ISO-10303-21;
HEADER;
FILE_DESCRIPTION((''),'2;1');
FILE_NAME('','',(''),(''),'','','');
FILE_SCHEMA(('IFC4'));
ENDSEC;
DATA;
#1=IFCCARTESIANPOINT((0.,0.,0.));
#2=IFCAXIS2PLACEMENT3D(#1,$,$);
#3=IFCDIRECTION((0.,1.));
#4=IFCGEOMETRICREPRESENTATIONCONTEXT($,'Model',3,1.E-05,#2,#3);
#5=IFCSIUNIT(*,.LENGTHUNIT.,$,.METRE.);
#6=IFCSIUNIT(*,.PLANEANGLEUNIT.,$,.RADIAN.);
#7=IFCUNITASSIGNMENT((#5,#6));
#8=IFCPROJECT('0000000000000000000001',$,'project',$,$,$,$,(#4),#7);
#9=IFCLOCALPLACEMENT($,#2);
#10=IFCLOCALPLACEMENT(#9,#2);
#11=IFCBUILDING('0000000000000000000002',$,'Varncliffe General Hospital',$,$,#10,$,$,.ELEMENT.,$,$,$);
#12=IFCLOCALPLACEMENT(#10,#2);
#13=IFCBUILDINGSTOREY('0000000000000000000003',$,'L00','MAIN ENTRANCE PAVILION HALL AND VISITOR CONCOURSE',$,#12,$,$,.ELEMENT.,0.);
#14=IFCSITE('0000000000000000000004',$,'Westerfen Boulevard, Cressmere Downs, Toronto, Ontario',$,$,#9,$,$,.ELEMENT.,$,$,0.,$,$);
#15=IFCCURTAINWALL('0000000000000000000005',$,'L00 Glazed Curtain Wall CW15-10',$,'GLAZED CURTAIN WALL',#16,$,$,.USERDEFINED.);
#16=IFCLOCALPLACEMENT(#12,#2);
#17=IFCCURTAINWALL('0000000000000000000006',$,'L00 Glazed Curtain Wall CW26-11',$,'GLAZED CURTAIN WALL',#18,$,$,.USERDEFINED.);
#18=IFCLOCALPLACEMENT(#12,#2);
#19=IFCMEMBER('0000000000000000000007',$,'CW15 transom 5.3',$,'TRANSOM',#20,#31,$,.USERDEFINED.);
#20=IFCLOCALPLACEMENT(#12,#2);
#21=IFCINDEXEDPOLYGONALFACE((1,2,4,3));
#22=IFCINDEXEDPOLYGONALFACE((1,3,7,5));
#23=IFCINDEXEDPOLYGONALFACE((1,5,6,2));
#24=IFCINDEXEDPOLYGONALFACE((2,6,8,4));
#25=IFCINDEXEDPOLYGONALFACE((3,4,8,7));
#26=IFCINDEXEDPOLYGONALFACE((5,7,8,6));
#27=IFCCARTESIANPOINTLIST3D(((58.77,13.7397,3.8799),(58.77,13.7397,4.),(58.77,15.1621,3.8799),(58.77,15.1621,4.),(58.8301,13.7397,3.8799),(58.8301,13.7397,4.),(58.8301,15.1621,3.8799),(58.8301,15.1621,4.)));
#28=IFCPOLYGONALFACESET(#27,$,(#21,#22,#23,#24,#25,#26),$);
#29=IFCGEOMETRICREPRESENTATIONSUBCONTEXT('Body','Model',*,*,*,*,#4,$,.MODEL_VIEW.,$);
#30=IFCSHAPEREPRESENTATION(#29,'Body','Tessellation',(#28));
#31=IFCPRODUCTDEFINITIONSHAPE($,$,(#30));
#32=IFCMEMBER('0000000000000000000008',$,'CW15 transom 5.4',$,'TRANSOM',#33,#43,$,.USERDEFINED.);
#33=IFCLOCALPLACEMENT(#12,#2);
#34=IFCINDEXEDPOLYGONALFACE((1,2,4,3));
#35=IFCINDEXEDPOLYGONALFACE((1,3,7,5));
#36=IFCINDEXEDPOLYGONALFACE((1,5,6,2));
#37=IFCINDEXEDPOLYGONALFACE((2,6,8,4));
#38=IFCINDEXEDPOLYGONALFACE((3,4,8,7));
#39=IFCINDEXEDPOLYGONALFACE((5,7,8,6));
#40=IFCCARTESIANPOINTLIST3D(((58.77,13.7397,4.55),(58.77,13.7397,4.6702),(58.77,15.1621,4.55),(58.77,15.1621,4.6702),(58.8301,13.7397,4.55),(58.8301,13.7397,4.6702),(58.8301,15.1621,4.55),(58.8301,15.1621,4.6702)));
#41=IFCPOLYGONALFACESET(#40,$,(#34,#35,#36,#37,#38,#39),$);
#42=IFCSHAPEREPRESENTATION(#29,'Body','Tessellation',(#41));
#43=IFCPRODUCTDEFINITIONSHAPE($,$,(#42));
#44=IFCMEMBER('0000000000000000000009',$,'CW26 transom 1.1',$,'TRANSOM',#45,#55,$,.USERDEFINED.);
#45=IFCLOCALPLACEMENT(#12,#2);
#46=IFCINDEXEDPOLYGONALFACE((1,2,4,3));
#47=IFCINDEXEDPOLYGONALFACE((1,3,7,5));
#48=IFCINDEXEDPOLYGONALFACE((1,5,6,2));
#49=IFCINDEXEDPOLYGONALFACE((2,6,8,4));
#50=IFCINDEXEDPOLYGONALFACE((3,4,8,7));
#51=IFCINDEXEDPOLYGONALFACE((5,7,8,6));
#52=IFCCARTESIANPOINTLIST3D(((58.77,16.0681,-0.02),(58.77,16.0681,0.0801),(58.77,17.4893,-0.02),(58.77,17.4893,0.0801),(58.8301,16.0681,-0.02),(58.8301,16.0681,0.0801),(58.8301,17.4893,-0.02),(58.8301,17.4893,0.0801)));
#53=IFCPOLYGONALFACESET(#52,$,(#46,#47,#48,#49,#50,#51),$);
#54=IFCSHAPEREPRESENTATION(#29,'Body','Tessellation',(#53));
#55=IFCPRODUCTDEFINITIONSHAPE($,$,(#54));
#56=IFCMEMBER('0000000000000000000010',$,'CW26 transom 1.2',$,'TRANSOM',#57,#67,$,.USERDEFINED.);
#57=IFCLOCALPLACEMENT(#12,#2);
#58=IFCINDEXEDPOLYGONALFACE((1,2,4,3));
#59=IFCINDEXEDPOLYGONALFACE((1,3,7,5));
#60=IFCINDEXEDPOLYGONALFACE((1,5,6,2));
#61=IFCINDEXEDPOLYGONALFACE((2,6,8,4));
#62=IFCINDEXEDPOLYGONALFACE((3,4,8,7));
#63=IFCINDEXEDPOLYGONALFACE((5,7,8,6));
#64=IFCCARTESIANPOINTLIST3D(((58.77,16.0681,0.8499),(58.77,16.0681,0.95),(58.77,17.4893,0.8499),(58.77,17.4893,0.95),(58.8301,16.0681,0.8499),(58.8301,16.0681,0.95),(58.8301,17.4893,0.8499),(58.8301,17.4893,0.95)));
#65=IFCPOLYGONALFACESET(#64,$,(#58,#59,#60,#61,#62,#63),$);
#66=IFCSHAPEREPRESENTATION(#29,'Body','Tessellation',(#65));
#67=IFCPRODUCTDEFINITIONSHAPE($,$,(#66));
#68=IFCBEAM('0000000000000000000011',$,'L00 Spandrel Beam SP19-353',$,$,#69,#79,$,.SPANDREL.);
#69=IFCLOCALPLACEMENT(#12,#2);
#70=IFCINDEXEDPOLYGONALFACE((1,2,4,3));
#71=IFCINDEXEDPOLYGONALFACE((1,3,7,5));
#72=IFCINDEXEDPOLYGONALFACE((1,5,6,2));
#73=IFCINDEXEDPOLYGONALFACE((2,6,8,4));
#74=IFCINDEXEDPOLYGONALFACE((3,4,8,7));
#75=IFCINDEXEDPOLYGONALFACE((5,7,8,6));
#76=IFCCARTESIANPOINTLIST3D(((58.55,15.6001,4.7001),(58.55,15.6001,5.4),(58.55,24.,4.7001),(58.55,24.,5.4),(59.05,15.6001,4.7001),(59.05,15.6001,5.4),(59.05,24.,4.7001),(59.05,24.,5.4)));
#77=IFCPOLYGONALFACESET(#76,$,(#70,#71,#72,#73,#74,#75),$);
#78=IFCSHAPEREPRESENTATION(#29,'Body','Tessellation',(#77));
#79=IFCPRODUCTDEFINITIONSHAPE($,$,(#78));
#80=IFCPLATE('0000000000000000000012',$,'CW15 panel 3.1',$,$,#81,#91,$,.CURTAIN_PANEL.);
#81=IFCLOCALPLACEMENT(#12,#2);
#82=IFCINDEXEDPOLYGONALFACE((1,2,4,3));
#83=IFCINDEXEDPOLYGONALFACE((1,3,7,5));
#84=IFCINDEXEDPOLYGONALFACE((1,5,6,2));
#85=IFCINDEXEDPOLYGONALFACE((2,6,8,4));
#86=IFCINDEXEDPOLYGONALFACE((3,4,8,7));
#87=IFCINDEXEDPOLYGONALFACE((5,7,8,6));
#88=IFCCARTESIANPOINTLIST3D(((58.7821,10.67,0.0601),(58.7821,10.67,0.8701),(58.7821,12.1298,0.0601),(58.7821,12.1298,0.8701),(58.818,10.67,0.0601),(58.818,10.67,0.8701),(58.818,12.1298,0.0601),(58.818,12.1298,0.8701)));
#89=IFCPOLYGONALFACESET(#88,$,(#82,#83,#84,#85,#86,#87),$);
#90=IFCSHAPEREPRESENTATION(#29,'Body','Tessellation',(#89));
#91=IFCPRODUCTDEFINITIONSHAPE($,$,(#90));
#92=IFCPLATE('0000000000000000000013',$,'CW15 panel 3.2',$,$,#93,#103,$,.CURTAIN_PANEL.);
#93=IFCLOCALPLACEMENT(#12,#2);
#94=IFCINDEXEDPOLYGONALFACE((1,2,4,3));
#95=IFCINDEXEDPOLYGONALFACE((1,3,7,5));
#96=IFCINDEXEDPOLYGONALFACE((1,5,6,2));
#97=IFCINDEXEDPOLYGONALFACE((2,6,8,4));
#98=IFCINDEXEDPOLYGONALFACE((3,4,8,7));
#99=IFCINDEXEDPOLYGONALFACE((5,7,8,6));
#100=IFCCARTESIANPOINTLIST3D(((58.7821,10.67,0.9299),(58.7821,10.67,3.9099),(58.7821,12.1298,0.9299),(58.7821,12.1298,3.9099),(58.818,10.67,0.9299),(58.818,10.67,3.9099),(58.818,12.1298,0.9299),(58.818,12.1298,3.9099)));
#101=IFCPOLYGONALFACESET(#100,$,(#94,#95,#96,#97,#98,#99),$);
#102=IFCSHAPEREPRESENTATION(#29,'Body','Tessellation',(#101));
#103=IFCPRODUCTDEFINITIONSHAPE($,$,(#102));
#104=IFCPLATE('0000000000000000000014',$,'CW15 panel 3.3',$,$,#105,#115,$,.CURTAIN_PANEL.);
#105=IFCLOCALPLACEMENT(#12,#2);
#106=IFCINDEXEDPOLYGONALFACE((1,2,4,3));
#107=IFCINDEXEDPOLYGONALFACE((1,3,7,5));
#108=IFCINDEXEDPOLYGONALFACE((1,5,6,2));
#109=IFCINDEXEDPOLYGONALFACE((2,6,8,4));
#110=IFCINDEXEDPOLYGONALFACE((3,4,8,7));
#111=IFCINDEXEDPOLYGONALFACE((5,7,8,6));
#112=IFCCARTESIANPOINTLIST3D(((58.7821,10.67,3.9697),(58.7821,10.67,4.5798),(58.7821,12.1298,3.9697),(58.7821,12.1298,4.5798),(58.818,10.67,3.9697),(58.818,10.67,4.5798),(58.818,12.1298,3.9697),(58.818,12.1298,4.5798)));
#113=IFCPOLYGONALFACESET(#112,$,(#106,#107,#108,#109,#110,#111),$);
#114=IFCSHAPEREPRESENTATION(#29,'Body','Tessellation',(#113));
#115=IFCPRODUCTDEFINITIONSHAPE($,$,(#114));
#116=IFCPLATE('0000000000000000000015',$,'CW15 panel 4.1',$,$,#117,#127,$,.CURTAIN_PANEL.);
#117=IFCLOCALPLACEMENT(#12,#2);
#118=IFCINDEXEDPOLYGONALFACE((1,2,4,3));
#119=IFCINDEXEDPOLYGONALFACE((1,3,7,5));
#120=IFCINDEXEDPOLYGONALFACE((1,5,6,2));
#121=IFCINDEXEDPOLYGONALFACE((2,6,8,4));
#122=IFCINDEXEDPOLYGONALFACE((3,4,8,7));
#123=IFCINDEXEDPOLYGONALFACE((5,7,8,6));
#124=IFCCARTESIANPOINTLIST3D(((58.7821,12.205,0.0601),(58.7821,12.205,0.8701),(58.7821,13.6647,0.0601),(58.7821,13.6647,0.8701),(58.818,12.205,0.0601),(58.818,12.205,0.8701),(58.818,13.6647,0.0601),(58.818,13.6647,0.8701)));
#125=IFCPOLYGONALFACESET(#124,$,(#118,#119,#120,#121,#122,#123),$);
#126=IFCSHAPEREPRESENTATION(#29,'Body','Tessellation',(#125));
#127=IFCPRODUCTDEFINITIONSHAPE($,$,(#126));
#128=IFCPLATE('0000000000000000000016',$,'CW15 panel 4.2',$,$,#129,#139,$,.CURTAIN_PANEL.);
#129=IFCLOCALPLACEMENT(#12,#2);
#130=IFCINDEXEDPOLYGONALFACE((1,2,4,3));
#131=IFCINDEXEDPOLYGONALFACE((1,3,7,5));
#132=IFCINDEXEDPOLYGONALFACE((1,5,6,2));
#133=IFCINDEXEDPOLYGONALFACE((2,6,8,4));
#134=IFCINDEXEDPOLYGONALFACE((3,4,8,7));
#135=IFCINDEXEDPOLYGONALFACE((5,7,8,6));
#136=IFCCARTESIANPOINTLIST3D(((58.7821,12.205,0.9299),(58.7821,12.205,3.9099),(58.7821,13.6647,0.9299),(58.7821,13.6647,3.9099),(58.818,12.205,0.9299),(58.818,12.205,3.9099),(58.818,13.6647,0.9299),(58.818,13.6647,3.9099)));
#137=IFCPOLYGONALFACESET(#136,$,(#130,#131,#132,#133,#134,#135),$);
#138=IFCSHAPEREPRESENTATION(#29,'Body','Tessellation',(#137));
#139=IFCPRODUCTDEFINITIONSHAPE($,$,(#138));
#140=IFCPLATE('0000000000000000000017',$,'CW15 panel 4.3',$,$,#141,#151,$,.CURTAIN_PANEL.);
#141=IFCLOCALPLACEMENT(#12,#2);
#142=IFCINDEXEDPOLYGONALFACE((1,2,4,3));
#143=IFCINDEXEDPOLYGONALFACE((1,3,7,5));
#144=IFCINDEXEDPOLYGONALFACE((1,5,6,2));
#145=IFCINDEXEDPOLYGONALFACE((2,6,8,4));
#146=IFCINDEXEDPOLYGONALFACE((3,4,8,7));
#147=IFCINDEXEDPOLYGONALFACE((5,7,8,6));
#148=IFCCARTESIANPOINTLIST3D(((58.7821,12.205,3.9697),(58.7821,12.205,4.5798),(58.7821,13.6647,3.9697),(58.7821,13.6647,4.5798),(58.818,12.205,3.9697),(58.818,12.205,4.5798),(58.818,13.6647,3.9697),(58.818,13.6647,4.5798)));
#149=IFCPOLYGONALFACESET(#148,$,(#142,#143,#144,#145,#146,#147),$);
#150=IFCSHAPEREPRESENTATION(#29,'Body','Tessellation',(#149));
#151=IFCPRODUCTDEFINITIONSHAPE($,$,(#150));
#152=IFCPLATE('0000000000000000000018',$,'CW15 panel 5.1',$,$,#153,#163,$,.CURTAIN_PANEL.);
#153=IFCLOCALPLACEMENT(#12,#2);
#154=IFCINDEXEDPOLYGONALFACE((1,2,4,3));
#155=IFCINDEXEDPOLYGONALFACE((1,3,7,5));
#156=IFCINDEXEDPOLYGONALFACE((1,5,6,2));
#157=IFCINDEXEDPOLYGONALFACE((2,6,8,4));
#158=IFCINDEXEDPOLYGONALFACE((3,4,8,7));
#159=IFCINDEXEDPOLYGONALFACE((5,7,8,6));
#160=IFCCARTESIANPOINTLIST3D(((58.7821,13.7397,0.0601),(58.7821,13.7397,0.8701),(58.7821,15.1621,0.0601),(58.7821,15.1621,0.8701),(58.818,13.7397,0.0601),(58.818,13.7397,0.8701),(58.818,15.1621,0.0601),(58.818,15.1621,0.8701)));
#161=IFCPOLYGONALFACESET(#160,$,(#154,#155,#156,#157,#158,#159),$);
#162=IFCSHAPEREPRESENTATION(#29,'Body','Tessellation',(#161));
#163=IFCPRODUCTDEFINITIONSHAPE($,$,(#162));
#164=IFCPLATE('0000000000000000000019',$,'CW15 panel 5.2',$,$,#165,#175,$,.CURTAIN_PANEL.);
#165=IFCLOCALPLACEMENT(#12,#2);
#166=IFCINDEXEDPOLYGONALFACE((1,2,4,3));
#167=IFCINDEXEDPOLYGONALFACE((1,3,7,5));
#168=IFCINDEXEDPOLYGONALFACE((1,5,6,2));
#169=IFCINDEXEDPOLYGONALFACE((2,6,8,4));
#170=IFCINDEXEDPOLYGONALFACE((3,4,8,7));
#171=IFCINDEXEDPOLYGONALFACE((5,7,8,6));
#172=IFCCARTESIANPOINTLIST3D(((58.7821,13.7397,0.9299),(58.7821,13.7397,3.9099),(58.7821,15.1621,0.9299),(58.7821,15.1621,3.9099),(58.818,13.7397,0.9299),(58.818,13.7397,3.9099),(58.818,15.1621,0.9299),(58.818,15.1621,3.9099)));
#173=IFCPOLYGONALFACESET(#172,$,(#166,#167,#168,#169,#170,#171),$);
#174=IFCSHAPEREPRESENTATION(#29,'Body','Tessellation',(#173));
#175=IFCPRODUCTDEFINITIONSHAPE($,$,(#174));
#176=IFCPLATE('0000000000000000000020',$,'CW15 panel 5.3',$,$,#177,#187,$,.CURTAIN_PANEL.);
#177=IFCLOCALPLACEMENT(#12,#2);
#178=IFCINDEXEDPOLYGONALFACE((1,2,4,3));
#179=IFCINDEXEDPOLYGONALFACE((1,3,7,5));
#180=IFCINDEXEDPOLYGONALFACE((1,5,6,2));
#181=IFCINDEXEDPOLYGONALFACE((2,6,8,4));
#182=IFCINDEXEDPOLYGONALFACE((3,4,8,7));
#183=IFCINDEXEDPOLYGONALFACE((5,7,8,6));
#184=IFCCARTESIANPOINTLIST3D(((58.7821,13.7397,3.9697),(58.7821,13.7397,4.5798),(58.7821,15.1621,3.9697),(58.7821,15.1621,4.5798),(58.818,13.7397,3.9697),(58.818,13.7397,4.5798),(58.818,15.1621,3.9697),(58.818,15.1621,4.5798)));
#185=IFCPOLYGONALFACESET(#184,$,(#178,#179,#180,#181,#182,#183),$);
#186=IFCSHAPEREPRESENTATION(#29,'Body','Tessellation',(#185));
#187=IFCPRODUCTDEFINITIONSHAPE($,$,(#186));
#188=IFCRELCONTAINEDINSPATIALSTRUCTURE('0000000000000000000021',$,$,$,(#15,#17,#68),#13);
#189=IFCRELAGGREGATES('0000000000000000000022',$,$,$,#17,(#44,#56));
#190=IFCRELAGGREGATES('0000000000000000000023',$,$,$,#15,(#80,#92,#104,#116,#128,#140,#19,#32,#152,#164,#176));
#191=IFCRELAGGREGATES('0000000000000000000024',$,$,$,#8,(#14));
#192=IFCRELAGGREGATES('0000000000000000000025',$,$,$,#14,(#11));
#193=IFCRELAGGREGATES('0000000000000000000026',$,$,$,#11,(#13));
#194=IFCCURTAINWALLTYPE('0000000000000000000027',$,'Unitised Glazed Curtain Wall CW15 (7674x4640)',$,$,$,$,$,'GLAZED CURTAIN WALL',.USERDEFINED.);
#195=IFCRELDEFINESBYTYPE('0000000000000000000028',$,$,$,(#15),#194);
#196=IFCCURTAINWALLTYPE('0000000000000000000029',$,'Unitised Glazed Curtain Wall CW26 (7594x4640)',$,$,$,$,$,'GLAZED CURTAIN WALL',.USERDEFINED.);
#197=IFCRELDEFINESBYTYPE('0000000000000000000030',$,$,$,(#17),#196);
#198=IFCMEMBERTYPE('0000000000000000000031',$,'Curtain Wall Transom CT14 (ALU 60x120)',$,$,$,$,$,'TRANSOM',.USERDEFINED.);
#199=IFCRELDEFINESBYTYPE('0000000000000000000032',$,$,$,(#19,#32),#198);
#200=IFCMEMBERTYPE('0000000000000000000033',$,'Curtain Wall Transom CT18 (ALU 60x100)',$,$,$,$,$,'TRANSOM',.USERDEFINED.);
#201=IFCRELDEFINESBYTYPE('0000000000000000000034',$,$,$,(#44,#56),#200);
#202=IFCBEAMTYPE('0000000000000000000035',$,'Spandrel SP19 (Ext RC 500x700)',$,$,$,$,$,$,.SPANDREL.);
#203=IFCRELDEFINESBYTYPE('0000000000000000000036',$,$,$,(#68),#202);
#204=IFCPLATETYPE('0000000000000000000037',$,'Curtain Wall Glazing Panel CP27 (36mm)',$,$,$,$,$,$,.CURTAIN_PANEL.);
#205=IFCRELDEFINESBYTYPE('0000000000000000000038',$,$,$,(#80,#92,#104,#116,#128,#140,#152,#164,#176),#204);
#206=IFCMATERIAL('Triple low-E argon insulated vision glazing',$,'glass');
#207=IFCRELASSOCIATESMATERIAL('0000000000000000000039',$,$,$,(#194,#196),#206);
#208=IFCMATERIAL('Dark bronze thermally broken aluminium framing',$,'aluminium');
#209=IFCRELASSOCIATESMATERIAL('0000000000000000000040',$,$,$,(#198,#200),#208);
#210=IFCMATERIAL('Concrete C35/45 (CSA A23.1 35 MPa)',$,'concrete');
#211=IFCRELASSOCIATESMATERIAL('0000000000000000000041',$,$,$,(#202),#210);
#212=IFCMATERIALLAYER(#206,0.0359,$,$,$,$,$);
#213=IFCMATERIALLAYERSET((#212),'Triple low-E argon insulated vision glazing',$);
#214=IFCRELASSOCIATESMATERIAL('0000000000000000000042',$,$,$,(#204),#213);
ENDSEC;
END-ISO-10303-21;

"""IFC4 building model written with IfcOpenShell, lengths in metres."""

from ifc_helpers import new_model, si_unit, direction, frame, origin, origin_2d, place, context, subcontext, project, spatial, rectangle, extrude, material, layer, layer_set, material_profile, profile_set, type_object, element, aggregate, save


model = new_model("IFC4")

# Units and contexts
model_context = context("Model", 3, precision=1e-05, world=origin(), true_north=direction((0.0, 1.0)))
body_context = subcontext(model_context, "Body", "Model", "MODEL_VIEW")
ifc_project = project(units=[si_unit("LENGTHUNIT", "METRE"), si_unit("PLANEANGLEUNIT", "RADIAN")], contexts=[model_context])

# Site, building, storey
site_placement = place(None, origin())
site = spatial("IfcSite", under=ifc_project, at=site_placement, Name="Westerfen Boulevard, Cressmere Downs, Toronto, Ontario", CompositionType="ELEMENT", RefElevation=0.0)
building_placement = place(site_placement, origin())
building = spatial("IfcBuilding", under=site, at=building_placement, Name="Varncliffe General Hospital", CompositionType="ELEMENT")
storey_placement = place(building_placement, origin())
storey = spatial("IfcBuildingStorey", under=building, at=storey_placement, Name="L00", Description="MAIN ENTRANCE PAVILION HALL AND VISITOR CONCOURSE", CompositionType="ELEMENT", Elevation=0.0)

# Curtain wall
ifc_material_1 = material(Name="Triple low-E argon insulated vision glazing", Category="glass")
curtain_wall_type_1 = type_object("IfcCurtainWallType", Name="Unitised Glazed Curtain Wall CW15 (7674x4640)", ElementType="GLAZED CURTAIN WALL", PredefinedType="USERDEFINED", material=ifc_material_1)
curtain_wall_1_placement = place(storey_placement, origin())
curtain_wall_1 = element("IfcCurtainWall", 1, at=curtain_wall_1_placement, inside=storey, type_object=curtain_wall_type_1, Name="L00 Glazed Curtain Wall CW15-10", ObjectType="GLAZED CURTAIN WALL", PredefinedType="USERDEFINED")
ifc_material_2 = material(Name="Dark bronze thermally broken aluminium framing", Category="aluminium")

# Curtain wall
curtain_wall_type_2 = type_object("IfcCurtainWallType", Name="Unitised Glazed Curtain Wall CW26 (7594x4640)", ElementType="GLAZED CURTAIN WALL", PredefinedType="USERDEFINED", material=ifc_material_1)
curtain_wall_2_placement = place(storey_placement, origin())
curtain_wall_2 = element("IfcCurtainWall", 2, at=curtain_wall_2_placement, inside=storey, type_object=curtain_wall_type_2, Name="L00 Glazed Curtain Wall CW26-11", ObjectType="GLAZED CURTAIN WALL", PredefinedType="USERDEFINED")

# Members
ifc_material_profile_1 = material_profile(ifc_material_2, rectangle(XDim=0.0601, YDim=0.1201, at=origin_2d()), Name="ALU 60x120")
ifc_profile_set_1 = profile_set([ifc_material_profile_1], Name="Dark bronze thermally broken aluminium framing")
member_type_1 = type_object("IfcMemberType", Name="Curtain Wall Transom CT14 (ALU 60x120)", ElementType="TRANSOM", PredefinedType="USERDEFINED", material=ifc_profile_set_1)
member_1_placement = place(storey_placement, frame((58.8, 13.7397, 3.9399), z_axis=(0.0, 1.0, 0.0), x_axis=(-1.0, 0.0, 0.0)))
member_1 = element("IfcMember", 3, at=member_1_placement, type_object=member_type_1, Name="CW15 transom 5.3", ObjectType="TRANSOM", PredefinedType="USERDEFINED", context=body_context, shape_type="SweptSolid", body=[
    extrude(rectangle(XDim=0.0601, YDim=0.1201, at=origin_2d()), origin(), (0.0, 0.0, 1.0), 1.4224),
])
member_2_placement = place(storey_placement, frame((58.8, 13.7397, 4.6101), z_axis=(0.0, 1.0, 0.0), x_axis=(-1.0, 0.0, 0.0)))
member_2 = element("IfcMember", 4, at=member_2_placement, type_object=member_type_1, Name="CW15 transom 5.4", ObjectType="TRANSOM", PredefinedType="USERDEFINED", context=body_context, shape_type="SweptSolid", body=[
    extrude(rectangle(XDim=0.0601, YDim=0.1201, at=origin_2d()), origin(), (0.0, 0.0, 1.0), 1.4224),
])
ifc_material_profile_2 = material_profile(ifc_material_2, rectangle(XDim=0.0601, YDim=0.1001, at=origin_2d()), Name="ALU 60x100")
ifc_profile_set_2 = profile_set([ifc_material_profile_2], Name="Dark bronze thermally broken aluminium framing")
member_type_2 = type_object("IfcMemberType", Name="Curtain Wall Transom CT18 (ALU 60x100)", ElementType="TRANSOM", PredefinedType="USERDEFINED", material=ifc_profile_set_2)
member_3_placement = place(storey_placement, frame((58.8, 16.0681, 0.03), z_axis=(0.0, 1.0, 0.0), x_axis=(-1.0, 0.0, 0.0)))
member_3 = element("IfcMember", 5, at=member_3_placement, type_object=member_type_2, Name="CW26 transom 1.1", ObjectType="TRANSOM", PredefinedType="USERDEFINED", context=body_context, shape_type="SweptSolid", body=[
    extrude(rectangle(XDim=0.0601, YDim=0.1001, at=origin_2d()), origin(), (0.0, 0.0, 1.0), 1.4211),
])
member_4_placement = place(storey_placement, frame((58.8, 16.0681, 0.8999), z_axis=(0.0, 1.0, 0.0), x_axis=(-1.0, 0.0, 0.0)))
member_4 = element("IfcMember", 6, at=member_4_placement, type_object=member_type_2, Name="CW26 transom 1.2", ObjectType="TRANSOM", PredefinedType="USERDEFINED", context=body_context, shape_type="SweptSolid", body=[
    extrude(rectangle(XDim=0.0601, YDim=0.1001, at=origin_2d()), origin(), (0.0, 0.0, 1.0), 1.4211),
])
aggregate(curtain_wall_2, [member_3, member_4])

# Beam
ifc_material_3 = material(Name="Concrete C35/45 (CSA A23.1 35 MPa)", Category="concrete")
ifc_material_profile_3 = material_profile(ifc_material_3, rectangle(XDim=0.5, YDim=0.7, at=origin_2d()), Name="RC 500x700")
ifc_profile_set_3 = profile_set([ifc_material_profile_3], Name="Concrete C35/45 (CSA A23.1 35 MPa)")
beam_type = type_object("IfcBeamType", Name="Spandrel SP19 (Ext RC 500x700)", PredefinedType="SPANDREL", material=ifc_profile_set_3)
beam_placement = place(storey_placement, frame((58.8, 15.6001, 5.05), z_axis=(0.0, 1.0, 0.0), x_axis=(-1.0, 0.0, 0.0)))
element("IfcBeam", 7, at=beam_placement, inside=storey, type_object=beam_type, Name="L00 Spandrel Beam SP19-353", PredefinedType="SPANDREL", context=body_context, shape_type="SweptSolid", body=[
    extrude(rectangle(XDim=0.5, YDim=0.7, at=origin_2d()), origin(), (0.0, 0.0, 1.0), 8.3999),
])

# Plates
ifc_layer = layer(ifc_material_1, 0.0359)
ifc_layer_set = layer_set([ifc_layer], Name="Triple low-E argon insulated vision glazing")
plate_type = type_object("IfcPlateType", Name="Curtain Wall Glazing Panel CP27 (36mm)", PredefinedType="CURTAIN_PANEL", material=ifc_layer_set)
plate_1_placement = place(storey_placement, frame((58.8, 11.3999, 0.0601), z_axis=(0.0, 0.0, 1.0), x_axis=(0.0, 1.0, 0.0)))
plate_1 = element("IfcPlate", 8, at=plate_1_placement, type_object=plate_type, Name="CW15 panel 3.1", PredefinedType="CURTAIN_PANEL", context=body_context, shape_type="SweptSolid", body=[
    extrude(rectangle(XDim=1.4597, YDim=0.0359, at=origin_2d()), origin(), (0.0, 0.0, 1.0), 0.8101),
])
plate_2_placement = place(storey_placement, frame((58.8, 11.3999, 0.9299), z_axis=(0.0, 0.0, 1.0), x_axis=(0.0, 1.0, 0.0)))
plate_2 = element("IfcPlate", 9, at=plate_2_placement, type_object=plate_type, Name="CW15 panel 3.2", PredefinedType="CURTAIN_PANEL", context=body_context, shape_type="SweptSolid", body=[
    extrude(rectangle(XDim=1.4597, YDim=0.0359, at=origin_2d()), origin(), (0.0, 0.0, 1.0), 2.98),
])
plate_3_placement = place(storey_placement, frame((58.8, 11.3999, 3.9697), z_axis=(0.0, 0.0, 1.0), x_axis=(0.0, 1.0, 0.0)))
plate_3 = element("IfcPlate", 10, at=plate_3_placement, type_object=plate_type, Name="CW15 panel 3.3", PredefinedType="CURTAIN_PANEL", context=body_context, shape_type="SweptSolid", body=[
    extrude(rectangle(XDim=1.4597, YDim=0.0359, at=origin_2d()), origin(), (0.0, 0.0, 1.0), 0.6101),
])
plate_4_placement = place(storey_placement, frame((58.8, 12.9348, 0.0601), z_axis=(0.0, 0.0, 1.0), x_axis=(0.0, 1.0, 0.0)))
plate_4 = element("IfcPlate", 11, at=plate_4_placement, type_object=plate_type, Name="CW15 panel 4.1", PredefinedType="CURTAIN_PANEL", context=body_context, shape_type="SweptSolid", body=[
    extrude(rectangle(XDim=1.4597, YDim=0.0359, at=origin_2d()), origin(), (0.0, 0.0, 1.0), 0.8101),
])
plate_5_placement = place(storey_placement, frame((58.8, 12.9348, 0.9299), z_axis=(0.0, 0.0, 1.0), x_axis=(0.0, 1.0, 0.0)))
plate_5 = element("IfcPlate", 12, at=plate_5_placement, type_object=plate_type, Name="CW15 panel 4.2", PredefinedType="CURTAIN_PANEL", context=body_context, shape_type="SweptSolid", body=[
    extrude(rectangle(XDim=1.4597, YDim=0.0359, at=origin_2d()), origin(), (0.0, 0.0, 1.0), 2.98),
])
plate_6_placement = place(storey_placement, frame((58.8, 12.9348, 3.9697), z_axis=(0.0, 0.0, 1.0), x_axis=(0.0, 1.0, 0.0)))
plate_6 = element("IfcPlate", 13, at=plate_6_placement, type_object=plate_type, Name="CW15 panel 4.3", PredefinedType="CURTAIN_PANEL", context=body_context, shape_type="SweptSolid", body=[
    extrude(rectangle(XDim=1.4597, YDim=0.0359, at=origin_2d()), origin(), (0.0, 0.0, 1.0), 0.6101),
])
plate_7_placement = place(storey_placement, frame((58.8, 14.4509, 0.0601), z_axis=(0.0, 0.0, 1.0), x_axis=(0.0, 1.0, 0.0)))
plate_7 = element("IfcPlate", 14, at=plate_7_placement, type_object=plate_type, Name="CW15 panel 5.1", PredefinedType="CURTAIN_PANEL", context=body_context, shape_type="SweptSolid", body=[
    extrude(rectangle(XDim=1.4224, YDim=0.0359, at=origin_2d()), origin(), (0.0, 0.0, 1.0), 0.8101),
])
plate_8_placement = place(storey_placement, frame((58.8, 14.4509, 0.9299), z_axis=(0.0, 0.0, 1.0), x_axis=(0.0, 1.0, 0.0)))
plate_8 = element("IfcPlate", 15, at=plate_8_placement, type_object=plate_type, Name="CW15 panel 5.2", PredefinedType="CURTAIN_PANEL", context=body_context, shape_type="SweptSolid", body=[
    extrude(rectangle(XDim=1.4224, YDim=0.0359, at=origin_2d()), origin(), (0.0, 0.0, 1.0), 2.98),
])
plate_9_placement = place(storey_placement, frame((58.8, 14.4509, 3.9697), z_axis=(0.0, 0.0, 1.0), x_axis=(0.0, 1.0, 0.0)))
plate_9 = element("IfcPlate", 16, at=plate_9_placement, type_object=plate_type, Name="CW15 panel 5.3", PredefinedType="CURTAIN_PANEL", context=body_context, shape_type="SweptSolid", body=[
    extrude(rectangle(XDim=1.4224, YDim=0.0359, at=origin_2d()), origin(), (0.0, 0.0, 1.0), 0.6101),
])
aggregate(curtain_wall_1, [plate_1, plate_2, plate_3, plate_4, plate_5, plate_6, member_1, member_2, plate_7, plate_8, plate_9])

save(model, "model.ifc")
